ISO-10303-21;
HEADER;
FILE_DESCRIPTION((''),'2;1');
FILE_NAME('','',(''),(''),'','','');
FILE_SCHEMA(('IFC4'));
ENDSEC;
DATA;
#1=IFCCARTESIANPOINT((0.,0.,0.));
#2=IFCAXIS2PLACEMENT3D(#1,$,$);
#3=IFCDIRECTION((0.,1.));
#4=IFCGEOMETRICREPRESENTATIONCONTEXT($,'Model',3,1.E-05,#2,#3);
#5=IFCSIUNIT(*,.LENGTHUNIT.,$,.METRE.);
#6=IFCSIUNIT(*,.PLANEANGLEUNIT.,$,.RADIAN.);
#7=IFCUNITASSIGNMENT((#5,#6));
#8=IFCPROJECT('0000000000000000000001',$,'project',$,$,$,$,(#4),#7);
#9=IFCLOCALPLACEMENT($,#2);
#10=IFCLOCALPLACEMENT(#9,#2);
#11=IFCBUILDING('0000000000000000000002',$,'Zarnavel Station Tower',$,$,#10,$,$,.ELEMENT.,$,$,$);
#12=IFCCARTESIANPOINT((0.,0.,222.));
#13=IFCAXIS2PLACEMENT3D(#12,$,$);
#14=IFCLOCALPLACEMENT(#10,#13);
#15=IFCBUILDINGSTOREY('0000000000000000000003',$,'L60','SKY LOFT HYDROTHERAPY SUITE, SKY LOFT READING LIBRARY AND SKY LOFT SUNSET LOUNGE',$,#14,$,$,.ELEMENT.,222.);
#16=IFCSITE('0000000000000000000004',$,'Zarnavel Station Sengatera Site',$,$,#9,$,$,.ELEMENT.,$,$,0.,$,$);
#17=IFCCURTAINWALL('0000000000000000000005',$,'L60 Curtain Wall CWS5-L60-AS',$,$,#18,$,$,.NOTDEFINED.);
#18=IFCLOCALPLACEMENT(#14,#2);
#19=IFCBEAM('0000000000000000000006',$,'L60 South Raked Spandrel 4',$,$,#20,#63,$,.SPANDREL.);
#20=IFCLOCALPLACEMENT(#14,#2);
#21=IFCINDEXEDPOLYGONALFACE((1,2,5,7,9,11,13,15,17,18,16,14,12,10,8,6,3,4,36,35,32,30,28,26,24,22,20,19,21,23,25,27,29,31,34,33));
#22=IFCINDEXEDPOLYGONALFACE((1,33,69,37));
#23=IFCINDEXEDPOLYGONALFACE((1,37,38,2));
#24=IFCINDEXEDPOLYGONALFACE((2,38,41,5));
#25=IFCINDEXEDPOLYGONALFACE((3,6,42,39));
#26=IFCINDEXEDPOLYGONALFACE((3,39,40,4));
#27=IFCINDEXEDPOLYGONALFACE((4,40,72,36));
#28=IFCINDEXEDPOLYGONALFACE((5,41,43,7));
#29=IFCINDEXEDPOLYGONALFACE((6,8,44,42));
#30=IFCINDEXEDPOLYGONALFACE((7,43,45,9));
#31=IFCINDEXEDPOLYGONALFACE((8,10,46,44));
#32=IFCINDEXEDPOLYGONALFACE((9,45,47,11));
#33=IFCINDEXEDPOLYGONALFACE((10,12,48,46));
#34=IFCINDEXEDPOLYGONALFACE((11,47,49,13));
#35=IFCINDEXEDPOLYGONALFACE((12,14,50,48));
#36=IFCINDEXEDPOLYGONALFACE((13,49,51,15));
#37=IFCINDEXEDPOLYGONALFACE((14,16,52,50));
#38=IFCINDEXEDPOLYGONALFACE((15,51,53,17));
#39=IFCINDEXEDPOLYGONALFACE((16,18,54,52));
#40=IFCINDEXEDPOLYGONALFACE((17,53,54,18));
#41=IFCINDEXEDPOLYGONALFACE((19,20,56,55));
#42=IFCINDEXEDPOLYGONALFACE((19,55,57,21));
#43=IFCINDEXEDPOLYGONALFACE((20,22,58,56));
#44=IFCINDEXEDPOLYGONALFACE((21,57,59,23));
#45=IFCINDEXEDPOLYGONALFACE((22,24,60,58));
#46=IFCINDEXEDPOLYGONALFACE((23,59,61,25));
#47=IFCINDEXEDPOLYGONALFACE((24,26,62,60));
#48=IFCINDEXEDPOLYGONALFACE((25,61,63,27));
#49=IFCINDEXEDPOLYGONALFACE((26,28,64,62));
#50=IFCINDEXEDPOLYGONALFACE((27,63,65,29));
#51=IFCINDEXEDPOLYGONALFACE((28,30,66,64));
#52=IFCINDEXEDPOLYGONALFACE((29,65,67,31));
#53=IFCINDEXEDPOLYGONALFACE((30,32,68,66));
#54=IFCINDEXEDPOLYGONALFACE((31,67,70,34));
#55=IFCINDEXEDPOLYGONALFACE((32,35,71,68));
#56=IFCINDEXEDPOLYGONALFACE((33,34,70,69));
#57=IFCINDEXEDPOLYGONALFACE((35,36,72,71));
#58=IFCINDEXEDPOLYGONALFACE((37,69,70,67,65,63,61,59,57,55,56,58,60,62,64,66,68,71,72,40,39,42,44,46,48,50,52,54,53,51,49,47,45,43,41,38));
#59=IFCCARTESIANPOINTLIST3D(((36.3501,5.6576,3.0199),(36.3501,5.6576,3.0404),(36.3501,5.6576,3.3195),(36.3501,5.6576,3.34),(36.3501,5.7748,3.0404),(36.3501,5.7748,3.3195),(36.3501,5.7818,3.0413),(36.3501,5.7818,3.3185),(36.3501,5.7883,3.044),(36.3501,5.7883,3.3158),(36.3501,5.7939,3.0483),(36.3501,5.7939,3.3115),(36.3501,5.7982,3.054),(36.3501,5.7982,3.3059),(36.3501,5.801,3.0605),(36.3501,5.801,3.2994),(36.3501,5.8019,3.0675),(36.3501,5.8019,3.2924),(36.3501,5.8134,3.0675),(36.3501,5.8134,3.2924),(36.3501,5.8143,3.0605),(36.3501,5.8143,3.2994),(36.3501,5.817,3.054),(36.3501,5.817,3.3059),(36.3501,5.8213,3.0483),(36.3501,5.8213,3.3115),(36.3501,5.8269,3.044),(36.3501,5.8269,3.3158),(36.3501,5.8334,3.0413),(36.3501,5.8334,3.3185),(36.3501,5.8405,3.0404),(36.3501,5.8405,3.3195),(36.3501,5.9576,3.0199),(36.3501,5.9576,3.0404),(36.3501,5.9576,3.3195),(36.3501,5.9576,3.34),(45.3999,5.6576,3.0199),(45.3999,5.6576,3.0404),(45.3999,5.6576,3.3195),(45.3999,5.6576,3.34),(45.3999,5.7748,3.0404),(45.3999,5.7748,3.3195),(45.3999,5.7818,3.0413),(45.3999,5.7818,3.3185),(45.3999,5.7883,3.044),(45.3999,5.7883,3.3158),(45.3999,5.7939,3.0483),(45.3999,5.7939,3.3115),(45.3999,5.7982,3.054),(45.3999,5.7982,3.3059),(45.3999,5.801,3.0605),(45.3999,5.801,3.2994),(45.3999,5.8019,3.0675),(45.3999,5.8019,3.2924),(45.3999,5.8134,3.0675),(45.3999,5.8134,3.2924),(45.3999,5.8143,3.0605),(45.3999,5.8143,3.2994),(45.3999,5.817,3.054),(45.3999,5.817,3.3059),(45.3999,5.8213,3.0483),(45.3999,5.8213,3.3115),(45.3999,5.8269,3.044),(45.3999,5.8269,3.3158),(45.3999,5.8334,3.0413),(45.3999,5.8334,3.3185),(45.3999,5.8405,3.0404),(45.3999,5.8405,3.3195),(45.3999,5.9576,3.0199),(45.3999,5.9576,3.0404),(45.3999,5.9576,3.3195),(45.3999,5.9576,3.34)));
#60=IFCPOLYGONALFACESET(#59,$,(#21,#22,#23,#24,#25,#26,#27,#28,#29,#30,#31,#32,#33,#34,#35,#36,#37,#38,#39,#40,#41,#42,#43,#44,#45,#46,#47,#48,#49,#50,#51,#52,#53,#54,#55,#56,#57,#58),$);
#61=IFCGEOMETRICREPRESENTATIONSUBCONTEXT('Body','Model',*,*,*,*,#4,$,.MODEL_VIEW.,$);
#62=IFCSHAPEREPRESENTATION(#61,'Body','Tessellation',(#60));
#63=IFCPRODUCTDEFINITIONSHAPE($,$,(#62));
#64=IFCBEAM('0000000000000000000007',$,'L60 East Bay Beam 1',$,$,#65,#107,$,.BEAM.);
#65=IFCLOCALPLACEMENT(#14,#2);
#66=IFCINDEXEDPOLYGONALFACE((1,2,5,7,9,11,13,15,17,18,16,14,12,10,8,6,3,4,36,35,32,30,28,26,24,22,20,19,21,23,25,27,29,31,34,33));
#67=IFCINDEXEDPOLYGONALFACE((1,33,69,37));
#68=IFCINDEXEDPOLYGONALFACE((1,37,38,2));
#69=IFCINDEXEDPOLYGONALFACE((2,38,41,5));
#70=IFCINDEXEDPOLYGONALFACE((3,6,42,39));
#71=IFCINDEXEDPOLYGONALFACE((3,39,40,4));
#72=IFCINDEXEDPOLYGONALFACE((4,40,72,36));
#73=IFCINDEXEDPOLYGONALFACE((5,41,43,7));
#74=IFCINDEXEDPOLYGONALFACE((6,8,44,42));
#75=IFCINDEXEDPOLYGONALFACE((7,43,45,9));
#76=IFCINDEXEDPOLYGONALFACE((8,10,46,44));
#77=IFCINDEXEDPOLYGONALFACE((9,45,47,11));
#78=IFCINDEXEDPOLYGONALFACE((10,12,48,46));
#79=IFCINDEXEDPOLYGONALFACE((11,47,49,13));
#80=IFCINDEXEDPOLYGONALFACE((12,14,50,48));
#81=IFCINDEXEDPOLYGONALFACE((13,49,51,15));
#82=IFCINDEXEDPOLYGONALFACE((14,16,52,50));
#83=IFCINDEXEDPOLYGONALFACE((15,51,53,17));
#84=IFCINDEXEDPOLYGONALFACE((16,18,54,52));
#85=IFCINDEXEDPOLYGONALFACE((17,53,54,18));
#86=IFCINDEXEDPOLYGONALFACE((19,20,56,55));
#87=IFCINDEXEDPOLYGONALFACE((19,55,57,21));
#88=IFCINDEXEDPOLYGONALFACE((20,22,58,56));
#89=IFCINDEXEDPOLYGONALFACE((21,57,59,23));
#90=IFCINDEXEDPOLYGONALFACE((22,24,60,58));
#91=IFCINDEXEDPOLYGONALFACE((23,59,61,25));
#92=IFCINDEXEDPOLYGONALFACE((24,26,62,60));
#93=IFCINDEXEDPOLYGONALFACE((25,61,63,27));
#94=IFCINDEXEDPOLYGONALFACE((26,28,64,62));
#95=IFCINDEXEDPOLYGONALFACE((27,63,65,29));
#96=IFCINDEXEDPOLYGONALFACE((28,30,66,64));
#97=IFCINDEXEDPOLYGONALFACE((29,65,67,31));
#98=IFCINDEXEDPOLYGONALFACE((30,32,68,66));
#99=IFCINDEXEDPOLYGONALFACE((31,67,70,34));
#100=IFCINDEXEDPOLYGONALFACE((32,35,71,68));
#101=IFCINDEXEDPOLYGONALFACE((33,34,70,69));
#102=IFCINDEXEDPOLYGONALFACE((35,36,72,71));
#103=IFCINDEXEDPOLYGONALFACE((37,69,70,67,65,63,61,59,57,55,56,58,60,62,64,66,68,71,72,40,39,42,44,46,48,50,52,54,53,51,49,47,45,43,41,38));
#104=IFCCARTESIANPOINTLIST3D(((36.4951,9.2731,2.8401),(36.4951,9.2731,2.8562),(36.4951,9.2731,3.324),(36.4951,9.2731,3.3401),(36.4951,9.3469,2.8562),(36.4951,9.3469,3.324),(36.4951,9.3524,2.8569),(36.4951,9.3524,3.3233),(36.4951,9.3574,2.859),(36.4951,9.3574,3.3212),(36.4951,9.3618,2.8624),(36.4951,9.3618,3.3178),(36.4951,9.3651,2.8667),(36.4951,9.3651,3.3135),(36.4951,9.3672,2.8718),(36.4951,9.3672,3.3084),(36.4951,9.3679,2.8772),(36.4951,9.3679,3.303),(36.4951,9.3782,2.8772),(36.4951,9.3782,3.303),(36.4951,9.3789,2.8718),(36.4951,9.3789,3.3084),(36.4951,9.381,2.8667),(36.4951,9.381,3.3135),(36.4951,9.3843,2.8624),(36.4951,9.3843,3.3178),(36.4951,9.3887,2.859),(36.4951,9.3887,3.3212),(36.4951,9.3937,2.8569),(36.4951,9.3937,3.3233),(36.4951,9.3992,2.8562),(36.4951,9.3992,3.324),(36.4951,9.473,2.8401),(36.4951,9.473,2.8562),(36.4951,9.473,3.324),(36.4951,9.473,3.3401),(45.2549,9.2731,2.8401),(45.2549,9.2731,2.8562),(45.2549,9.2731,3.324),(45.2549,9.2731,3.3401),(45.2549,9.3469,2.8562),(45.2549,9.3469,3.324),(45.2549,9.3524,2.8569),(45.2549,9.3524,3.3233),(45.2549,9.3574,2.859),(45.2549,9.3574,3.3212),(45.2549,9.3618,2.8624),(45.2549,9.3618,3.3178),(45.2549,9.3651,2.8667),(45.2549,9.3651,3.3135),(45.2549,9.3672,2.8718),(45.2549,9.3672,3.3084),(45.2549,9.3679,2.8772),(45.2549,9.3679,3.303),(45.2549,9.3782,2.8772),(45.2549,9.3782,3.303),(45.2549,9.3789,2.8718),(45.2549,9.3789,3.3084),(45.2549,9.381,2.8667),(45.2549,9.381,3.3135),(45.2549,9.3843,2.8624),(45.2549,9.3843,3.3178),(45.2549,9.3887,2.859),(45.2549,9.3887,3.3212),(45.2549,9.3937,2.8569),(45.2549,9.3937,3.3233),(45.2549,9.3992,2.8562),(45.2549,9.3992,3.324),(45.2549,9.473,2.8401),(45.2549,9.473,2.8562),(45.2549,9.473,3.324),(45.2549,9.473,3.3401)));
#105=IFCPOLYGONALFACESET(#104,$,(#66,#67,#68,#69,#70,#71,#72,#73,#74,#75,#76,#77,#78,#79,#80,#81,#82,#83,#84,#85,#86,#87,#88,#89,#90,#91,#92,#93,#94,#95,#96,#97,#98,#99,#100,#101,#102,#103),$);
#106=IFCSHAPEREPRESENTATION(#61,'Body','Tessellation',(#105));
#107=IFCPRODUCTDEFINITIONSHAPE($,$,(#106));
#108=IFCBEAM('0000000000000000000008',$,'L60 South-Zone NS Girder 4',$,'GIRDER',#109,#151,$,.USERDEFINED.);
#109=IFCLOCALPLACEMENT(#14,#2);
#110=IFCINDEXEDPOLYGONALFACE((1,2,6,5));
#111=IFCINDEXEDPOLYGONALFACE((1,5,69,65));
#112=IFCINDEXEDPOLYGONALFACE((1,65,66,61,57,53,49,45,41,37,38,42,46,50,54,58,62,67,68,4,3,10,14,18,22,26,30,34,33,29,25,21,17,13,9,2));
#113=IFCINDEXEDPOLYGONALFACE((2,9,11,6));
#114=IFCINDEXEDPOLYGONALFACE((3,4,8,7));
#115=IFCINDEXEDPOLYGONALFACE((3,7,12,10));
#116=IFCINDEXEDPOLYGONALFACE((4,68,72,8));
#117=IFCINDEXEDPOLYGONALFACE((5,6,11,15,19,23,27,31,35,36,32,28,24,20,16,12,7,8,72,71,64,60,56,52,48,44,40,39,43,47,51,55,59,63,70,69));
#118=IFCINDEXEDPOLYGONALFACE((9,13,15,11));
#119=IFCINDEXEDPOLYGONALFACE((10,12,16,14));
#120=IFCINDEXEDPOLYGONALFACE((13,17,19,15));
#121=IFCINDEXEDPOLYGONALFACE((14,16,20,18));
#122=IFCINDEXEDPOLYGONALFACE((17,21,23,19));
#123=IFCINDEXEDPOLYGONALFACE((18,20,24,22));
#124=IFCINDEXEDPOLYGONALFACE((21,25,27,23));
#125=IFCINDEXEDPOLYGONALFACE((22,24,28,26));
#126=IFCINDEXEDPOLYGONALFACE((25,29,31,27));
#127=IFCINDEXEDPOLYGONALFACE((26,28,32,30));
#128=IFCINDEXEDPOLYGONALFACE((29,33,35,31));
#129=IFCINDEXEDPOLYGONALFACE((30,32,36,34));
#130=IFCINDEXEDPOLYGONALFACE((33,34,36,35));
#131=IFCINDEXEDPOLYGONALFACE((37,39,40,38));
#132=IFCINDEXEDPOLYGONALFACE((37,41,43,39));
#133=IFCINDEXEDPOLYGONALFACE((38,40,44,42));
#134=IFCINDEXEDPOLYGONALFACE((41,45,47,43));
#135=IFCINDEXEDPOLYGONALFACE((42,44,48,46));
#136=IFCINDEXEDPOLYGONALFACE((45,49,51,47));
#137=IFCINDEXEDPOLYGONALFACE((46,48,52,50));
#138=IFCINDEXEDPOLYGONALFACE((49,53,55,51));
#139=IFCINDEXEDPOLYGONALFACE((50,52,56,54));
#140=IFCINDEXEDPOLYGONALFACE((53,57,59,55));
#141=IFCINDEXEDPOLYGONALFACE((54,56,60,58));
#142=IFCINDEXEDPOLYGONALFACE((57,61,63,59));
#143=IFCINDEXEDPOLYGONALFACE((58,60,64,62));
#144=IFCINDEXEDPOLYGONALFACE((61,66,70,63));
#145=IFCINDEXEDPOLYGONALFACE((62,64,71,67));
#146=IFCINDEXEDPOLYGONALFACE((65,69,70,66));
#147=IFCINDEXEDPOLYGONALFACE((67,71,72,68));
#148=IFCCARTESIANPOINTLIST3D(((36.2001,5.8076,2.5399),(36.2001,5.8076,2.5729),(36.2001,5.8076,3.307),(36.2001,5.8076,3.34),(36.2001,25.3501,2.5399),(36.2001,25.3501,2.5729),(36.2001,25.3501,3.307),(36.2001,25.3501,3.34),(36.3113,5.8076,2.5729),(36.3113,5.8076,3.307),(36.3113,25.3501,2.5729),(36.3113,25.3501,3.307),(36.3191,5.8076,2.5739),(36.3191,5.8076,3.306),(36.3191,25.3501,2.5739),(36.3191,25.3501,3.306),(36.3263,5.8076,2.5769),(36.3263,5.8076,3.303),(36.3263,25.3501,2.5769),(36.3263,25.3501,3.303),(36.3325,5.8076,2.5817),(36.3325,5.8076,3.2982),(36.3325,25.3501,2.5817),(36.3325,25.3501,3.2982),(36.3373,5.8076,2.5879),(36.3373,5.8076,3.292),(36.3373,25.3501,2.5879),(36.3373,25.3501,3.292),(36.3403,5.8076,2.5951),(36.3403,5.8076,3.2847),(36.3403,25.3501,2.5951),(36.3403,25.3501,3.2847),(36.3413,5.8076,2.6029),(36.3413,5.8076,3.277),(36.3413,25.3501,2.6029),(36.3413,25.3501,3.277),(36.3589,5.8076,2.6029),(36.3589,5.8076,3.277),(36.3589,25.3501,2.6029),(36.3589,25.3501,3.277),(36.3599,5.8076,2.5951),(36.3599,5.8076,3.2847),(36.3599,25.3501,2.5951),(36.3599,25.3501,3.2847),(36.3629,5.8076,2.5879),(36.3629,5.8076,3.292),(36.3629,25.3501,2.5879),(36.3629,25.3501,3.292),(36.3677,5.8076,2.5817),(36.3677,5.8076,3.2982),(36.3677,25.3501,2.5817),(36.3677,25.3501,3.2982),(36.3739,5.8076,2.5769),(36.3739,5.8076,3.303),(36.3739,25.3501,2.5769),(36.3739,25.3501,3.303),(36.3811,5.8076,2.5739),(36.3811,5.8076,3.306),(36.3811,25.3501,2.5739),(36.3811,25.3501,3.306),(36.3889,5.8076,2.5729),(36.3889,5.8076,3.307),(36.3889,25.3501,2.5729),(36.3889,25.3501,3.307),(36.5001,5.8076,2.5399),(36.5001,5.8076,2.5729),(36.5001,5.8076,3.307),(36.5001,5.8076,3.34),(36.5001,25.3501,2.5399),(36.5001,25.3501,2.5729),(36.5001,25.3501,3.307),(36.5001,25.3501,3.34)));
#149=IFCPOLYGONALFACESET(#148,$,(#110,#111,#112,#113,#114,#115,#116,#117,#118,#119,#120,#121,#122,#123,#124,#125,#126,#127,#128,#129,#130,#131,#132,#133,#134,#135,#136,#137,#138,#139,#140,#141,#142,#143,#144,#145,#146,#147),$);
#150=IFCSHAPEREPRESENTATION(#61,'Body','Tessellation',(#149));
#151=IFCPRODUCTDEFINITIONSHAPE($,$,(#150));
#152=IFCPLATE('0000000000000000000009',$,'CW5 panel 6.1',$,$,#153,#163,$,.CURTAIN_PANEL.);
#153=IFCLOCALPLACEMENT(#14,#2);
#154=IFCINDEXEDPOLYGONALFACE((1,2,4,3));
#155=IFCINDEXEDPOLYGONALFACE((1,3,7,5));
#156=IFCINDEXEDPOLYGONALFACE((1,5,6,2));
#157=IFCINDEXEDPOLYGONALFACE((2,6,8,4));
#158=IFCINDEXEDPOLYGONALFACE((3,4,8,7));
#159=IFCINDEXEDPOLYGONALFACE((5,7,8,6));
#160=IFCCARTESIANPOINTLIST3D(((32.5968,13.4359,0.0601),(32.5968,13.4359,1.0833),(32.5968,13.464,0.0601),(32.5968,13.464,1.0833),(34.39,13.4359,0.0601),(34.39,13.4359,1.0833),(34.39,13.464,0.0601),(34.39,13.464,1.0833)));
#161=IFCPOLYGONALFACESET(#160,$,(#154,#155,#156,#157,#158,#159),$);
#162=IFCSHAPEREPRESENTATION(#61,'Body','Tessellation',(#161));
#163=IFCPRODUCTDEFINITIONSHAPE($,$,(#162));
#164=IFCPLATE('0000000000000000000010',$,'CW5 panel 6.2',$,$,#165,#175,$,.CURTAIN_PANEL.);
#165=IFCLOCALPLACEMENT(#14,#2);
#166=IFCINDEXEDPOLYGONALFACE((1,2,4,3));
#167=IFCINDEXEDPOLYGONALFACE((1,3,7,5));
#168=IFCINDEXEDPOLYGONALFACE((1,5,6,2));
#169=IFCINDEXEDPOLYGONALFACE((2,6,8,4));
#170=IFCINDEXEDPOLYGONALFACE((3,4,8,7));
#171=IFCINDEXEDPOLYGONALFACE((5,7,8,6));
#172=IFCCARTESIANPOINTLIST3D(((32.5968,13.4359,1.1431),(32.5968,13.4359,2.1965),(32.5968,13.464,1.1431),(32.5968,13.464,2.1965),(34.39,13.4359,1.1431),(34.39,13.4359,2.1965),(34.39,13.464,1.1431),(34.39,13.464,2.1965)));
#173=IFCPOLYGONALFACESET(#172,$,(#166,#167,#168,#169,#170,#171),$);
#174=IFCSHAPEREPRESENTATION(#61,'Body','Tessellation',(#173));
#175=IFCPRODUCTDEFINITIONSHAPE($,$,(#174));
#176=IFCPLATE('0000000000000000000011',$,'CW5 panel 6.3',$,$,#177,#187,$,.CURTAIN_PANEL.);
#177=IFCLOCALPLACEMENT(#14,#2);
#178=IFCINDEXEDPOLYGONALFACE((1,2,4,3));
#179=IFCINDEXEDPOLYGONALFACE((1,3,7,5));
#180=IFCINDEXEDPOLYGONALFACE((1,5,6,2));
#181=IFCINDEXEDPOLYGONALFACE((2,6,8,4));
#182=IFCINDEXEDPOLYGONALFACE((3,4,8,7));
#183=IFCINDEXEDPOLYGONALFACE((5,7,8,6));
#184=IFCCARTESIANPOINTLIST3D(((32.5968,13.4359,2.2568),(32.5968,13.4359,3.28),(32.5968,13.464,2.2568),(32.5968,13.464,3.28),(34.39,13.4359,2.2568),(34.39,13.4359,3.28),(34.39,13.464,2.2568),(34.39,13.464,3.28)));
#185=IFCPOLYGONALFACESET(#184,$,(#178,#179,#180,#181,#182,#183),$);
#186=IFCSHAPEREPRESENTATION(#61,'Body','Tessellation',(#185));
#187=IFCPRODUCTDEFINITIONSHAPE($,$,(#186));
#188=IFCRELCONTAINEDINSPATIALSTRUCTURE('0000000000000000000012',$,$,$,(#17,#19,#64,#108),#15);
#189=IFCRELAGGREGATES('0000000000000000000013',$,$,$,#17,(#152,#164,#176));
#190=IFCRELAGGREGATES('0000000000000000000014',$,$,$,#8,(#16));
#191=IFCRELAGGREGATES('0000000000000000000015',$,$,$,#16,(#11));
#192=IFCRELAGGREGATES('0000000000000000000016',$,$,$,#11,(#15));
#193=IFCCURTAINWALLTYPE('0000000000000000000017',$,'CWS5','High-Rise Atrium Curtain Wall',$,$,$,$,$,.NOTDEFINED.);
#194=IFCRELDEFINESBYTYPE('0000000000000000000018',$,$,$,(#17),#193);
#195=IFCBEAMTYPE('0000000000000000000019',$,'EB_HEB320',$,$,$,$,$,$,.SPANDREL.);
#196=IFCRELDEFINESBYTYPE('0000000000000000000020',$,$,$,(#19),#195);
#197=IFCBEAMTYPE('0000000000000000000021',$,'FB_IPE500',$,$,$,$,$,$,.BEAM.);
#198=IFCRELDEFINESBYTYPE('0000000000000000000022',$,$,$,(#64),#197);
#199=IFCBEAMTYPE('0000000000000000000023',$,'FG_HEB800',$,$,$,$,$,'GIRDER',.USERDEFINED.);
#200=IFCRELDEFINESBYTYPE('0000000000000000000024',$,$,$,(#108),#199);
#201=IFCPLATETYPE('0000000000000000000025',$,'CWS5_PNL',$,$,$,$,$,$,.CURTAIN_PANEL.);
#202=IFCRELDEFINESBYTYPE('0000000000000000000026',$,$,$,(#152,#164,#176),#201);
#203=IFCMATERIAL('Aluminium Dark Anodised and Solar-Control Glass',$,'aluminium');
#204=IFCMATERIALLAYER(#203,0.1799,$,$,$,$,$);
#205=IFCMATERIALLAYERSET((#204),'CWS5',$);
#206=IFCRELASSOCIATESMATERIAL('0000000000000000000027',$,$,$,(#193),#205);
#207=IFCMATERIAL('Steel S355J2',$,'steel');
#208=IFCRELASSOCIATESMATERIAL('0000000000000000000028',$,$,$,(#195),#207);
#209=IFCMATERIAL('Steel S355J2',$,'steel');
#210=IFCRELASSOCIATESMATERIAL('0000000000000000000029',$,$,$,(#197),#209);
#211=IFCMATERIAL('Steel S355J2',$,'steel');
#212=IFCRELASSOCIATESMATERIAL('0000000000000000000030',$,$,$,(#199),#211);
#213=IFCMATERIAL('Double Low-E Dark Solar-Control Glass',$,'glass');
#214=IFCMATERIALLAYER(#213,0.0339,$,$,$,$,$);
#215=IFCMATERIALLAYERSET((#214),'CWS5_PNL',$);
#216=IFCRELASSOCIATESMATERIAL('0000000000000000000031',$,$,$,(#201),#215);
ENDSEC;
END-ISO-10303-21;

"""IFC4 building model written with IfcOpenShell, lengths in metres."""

from ifc_helpers import new_model, si_unit, direction, frame, origin, origin_2d, place, context, subcontext, project, spatial, rectangle, i_section, extrude, material, layer, layer_set, material_profile, profile_set, type_object, element, aggregate, save


model = new_model("IFC4")

# Units and contexts
model_context = context("Model", 3, precision=1e-05, world=origin(), true_north=direction((0.0, 1.0)))
body_context = subcontext(model_context, "Body", "Model", "MODEL_VIEW")
ifc_project = project(units=[si_unit("LENGTHUNIT", "METRE"), si_unit("PLANEANGLEUNIT", "RADIAN")], contexts=[model_context])

# Site, building, storey
site_placement = place(None, origin())
site = spatial("IfcSite", under=ifc_project, at=site_placement, Name="Zarnavel Station Sengatera Site", CompositionType="ELEMENT", RefElevation=0.0)
building_placement = place(site_placement, origin())
building = spatial("IfcBuilding", under=site, at=building_placement, Name="Zarnavel Station Tower", CompositionType="ELEMENT")
storey_placement = place(building_placement, frame((0.0, 0.0, 222.0)))
storey = spatial("IfcBuildingStorey", under=building, at=storey_placement, Name="L60", Description="SKY LOFT HYDROTHERAPY SUITE, SKY LOFT READING LIBRARY AND SKY LOFT SUNSET LOUNGE", CompositionType="ELEMENT", Elevation=222.0)

# Curtain wall
ifc_material_1 = material(Name="Aluminium Dark Anodised and Solar-Control Glass", Category="aluminium")
ifc_layer_1 = layer(ifc_material_1, 0.1799)
ifc_layer_set_1 = layer_set([ifc_layer_1], Name="CWS5")
curtain_wall_type = type_object("IfcCurtainWallType", Name="CWS5", Description="High-Rise Atrium Curtain Wall", PredefinedType="NOTDEFINED", material=ifc_layer_set_1)
curtain_wall_placement = place(storey_placement, origin())
curtain_wall = element("IfcCurtainWall", 1, at=curtain_wall_placement, inside=storey, type_object=curtain_wall_type, Name="L60 Curtain Wall CWS5-L60-AS", PredefinedType="NOTDEFINED")

# Beams
ifc_material_2 = material(Name="Steel S355J2", Category="steel")
ifc_material_profile_1 = material_profile(ifc_material_2, i_section(OverallWidth=0.3, OverallDepth=0.3201, WebThickness=0.0115, FlangeThickness=0.0205, FilletRadius=0.0271, at=origin_2d()), Name="HEB320")
ifc_profile_set_1 = profile_set([ifc_material_profile_1], Name="Steel S355J2")
beam_type_1 = type_object("IfcBeamType", Name="EB_HEB320", PredefinedType="SPANDREL", material=ifc_profile_set_1)
beam_1_placement = place(storey_placement, frame((36.3501, 5.8076, 3.1799), z_axis=(1.0, 0.0, 0.0), x_axis=(0.0, 1.0, 0.0)))
element("IfcBeam", 2, at=beam_1_placement, inside=storey, type_object=beam_type_1, Name="L60 South Raked Spandrel 4", PredefinedType="SPANDREL", context=body_context, shape_type="SweptSolid", body=[
    extrude(i_section(OverallWidth=0.3, OverallDepth=0.3201, WebThickness=0.0115, FlangeThickness=0.0205, FilletRadius=0.0271, at=origin_2d()), origin(), (0.0, 0.0, 1.0), 9.0498),
])
ifc_material_3 = material(Name="Steel S355J2", Category="steel")
ifc_material_profile_2 = material_profile(ifc_material_3, i_section(OverallWidth=0.2, OverallDepth=0.5, WebThickness=0.0103, FlangeThickness=0.0161, FilletRadius=0.021, at=origin_2d()), Name="IPE500")
ifc_profile_set_2 = profile_set([ifc_material_profile_2], Name="Steel S355J2")
beam_type_2 = type_object("IfcBeamType", Name="FB_IPE500", PredefinedType="BEAM", material=ifc_profile_set_2)
beam_2_placement = place(storey_placement, frame((36.4951, 9.373, 3.0901), z_axis=(1.0, 0.0, 0.0), x_axis=(0.0, 1.0, 0.0)))
element("IfcBeam", 3, at=beam_2_placement, inside=storey, type_object=beam_type_2, Name="L60 East Bay Beam 1", PredefinedType="BEAM", context=body_context, shape_type="SweptSolid", body=[
    extrude(i_section(OverallWidth=0.2, OverallDepth=0.5, WebThickness=0.0103, FlangeThickness=0.0161, FilletRadius=0.021, at=origin_2d()), origin(), (0.0, 0.0, 1.0), 8.7598),
])
ifc_material_4 = material(Name="Steel S355J2", Category="steel")
ifc_material_profile_3 = material_profile(ifc_material_4, i_section(OverallWidth=0.3, OverallDepth=0.8, WebThickness=0.0176, FlangeThickness=0.033, FilletRadius=0.03, at=origin_2d()), Name="HEB800")
ifc_profile_set_3 = profile_set([ifc_material_profile_3], Name="Steel S355J2")
beam_type_3 = type_object("IfcBeamType", Name="FG_HEB800", ElementType="GIRDER", PredefinedType="USERDEFINED", material=ifc_profile_set_3)
beam_3_placement = place(storey_placement, frame((36.3501, 5.8076, 2.9399), z_axis=(0.0, 1.0, 0.0), x_axis=(-1.0, 0.0, 0.0)))
element("IfcBeam", 4, at=beam_3_placement, inside=storey, type_object=beam_type_3, Name="L60 South-Zone NS Girder 4", ObjectType="GIRDER", PredefinedType="USERDEFINED", context=body_context, shape_type="SweptSolid", body=[
    extrude(i_section(OverallWidth=0.3, OverallDepth=0.8, WebThickness=0.0176, FlangeThickness=0.033, FilletRadius=0.03, at=origin_2d()), origin(), (0.0, 0.0, 1.0), 19.5425),
])

# Plates
ifc_material_5 = material(Name="Double Low-E Dark Solar-Control Glass", Category="glass")
ifc_layer_2 = layer(ifc_material_5, 0.0339)
ifc_layer_set_2 = layer_set([ifc_layer_2], Name="CWS5_PNL")
plate_type_1 = type_object("IfcPlateType", Name="CWS5_PNL", PredefinedType="CURTAIN_PANEL", material=ifc_layer_set_2)
plate_1_placement = place(storey_placement, frame((33.4934, 13.45, 0.0601), z_axis=(0.0, 0.0, 1.0), x_axis=(1.0, 0.0, 0.0)))
plate_1 = element("IfcPlate", 5, at=plate_1_placement, type_object=plate_type_1, Name="CW5 panel 6.1", PredefinedType="CURTAIN_PANEL", context=body_context, shape_type="SweptSolid", body=[
    extrude(rectangle(XDim=1.7932, YDim=0.0281, at=origin_2d()), origin(), (0.0, 0.0, 1.0), 1.0232),
])
plate_2_placement = place(storey_placement, frame((33.4934, 13.45, 1.1431), z_axis=(0.0, 0.0, 1.0), x_axis=(1.0, 0.0, 0.0)))
plate_2 = element("IfcPlate", 6, at=plate_2_placement, type_object=plate_type_1, Name="CW5 panel 6.2", PredefinedType="CURTAIN_PANEL", context=body_context, shape_type="SweptSolid", body=[
    extrude(rectangle(XDim=1.7932, YDim=0.0281, at=origin_2d()), origin(), (0.0, 0.0, 1.0), 1.0535),
])
plate_3_placement = place(storey_placement, frame((33.4934, 13.45, 2.2568), z_axis=(0.0, 0.0, 1.0), x_axis=(1.0, 0.0, 0.0)))
plate_3 = element("IfcPlate", 7, at=plate_3_placement, type_object=plate_type_1, Name="CW5 panel 6.3", PredefinedType="CURTAIN_PANEL", context=body_context, shape_type="SweptSolid", body=[
    extrude(rectangle(XDim=1.7932, YDim=0.0281, at=origin_2d()), origin(), (0.0, 0.0, 1.0), 1.0232),
])
aggregate(curtain_wall, [plate_1, plate_2, plate_3])

save(model, "model.ifc")
